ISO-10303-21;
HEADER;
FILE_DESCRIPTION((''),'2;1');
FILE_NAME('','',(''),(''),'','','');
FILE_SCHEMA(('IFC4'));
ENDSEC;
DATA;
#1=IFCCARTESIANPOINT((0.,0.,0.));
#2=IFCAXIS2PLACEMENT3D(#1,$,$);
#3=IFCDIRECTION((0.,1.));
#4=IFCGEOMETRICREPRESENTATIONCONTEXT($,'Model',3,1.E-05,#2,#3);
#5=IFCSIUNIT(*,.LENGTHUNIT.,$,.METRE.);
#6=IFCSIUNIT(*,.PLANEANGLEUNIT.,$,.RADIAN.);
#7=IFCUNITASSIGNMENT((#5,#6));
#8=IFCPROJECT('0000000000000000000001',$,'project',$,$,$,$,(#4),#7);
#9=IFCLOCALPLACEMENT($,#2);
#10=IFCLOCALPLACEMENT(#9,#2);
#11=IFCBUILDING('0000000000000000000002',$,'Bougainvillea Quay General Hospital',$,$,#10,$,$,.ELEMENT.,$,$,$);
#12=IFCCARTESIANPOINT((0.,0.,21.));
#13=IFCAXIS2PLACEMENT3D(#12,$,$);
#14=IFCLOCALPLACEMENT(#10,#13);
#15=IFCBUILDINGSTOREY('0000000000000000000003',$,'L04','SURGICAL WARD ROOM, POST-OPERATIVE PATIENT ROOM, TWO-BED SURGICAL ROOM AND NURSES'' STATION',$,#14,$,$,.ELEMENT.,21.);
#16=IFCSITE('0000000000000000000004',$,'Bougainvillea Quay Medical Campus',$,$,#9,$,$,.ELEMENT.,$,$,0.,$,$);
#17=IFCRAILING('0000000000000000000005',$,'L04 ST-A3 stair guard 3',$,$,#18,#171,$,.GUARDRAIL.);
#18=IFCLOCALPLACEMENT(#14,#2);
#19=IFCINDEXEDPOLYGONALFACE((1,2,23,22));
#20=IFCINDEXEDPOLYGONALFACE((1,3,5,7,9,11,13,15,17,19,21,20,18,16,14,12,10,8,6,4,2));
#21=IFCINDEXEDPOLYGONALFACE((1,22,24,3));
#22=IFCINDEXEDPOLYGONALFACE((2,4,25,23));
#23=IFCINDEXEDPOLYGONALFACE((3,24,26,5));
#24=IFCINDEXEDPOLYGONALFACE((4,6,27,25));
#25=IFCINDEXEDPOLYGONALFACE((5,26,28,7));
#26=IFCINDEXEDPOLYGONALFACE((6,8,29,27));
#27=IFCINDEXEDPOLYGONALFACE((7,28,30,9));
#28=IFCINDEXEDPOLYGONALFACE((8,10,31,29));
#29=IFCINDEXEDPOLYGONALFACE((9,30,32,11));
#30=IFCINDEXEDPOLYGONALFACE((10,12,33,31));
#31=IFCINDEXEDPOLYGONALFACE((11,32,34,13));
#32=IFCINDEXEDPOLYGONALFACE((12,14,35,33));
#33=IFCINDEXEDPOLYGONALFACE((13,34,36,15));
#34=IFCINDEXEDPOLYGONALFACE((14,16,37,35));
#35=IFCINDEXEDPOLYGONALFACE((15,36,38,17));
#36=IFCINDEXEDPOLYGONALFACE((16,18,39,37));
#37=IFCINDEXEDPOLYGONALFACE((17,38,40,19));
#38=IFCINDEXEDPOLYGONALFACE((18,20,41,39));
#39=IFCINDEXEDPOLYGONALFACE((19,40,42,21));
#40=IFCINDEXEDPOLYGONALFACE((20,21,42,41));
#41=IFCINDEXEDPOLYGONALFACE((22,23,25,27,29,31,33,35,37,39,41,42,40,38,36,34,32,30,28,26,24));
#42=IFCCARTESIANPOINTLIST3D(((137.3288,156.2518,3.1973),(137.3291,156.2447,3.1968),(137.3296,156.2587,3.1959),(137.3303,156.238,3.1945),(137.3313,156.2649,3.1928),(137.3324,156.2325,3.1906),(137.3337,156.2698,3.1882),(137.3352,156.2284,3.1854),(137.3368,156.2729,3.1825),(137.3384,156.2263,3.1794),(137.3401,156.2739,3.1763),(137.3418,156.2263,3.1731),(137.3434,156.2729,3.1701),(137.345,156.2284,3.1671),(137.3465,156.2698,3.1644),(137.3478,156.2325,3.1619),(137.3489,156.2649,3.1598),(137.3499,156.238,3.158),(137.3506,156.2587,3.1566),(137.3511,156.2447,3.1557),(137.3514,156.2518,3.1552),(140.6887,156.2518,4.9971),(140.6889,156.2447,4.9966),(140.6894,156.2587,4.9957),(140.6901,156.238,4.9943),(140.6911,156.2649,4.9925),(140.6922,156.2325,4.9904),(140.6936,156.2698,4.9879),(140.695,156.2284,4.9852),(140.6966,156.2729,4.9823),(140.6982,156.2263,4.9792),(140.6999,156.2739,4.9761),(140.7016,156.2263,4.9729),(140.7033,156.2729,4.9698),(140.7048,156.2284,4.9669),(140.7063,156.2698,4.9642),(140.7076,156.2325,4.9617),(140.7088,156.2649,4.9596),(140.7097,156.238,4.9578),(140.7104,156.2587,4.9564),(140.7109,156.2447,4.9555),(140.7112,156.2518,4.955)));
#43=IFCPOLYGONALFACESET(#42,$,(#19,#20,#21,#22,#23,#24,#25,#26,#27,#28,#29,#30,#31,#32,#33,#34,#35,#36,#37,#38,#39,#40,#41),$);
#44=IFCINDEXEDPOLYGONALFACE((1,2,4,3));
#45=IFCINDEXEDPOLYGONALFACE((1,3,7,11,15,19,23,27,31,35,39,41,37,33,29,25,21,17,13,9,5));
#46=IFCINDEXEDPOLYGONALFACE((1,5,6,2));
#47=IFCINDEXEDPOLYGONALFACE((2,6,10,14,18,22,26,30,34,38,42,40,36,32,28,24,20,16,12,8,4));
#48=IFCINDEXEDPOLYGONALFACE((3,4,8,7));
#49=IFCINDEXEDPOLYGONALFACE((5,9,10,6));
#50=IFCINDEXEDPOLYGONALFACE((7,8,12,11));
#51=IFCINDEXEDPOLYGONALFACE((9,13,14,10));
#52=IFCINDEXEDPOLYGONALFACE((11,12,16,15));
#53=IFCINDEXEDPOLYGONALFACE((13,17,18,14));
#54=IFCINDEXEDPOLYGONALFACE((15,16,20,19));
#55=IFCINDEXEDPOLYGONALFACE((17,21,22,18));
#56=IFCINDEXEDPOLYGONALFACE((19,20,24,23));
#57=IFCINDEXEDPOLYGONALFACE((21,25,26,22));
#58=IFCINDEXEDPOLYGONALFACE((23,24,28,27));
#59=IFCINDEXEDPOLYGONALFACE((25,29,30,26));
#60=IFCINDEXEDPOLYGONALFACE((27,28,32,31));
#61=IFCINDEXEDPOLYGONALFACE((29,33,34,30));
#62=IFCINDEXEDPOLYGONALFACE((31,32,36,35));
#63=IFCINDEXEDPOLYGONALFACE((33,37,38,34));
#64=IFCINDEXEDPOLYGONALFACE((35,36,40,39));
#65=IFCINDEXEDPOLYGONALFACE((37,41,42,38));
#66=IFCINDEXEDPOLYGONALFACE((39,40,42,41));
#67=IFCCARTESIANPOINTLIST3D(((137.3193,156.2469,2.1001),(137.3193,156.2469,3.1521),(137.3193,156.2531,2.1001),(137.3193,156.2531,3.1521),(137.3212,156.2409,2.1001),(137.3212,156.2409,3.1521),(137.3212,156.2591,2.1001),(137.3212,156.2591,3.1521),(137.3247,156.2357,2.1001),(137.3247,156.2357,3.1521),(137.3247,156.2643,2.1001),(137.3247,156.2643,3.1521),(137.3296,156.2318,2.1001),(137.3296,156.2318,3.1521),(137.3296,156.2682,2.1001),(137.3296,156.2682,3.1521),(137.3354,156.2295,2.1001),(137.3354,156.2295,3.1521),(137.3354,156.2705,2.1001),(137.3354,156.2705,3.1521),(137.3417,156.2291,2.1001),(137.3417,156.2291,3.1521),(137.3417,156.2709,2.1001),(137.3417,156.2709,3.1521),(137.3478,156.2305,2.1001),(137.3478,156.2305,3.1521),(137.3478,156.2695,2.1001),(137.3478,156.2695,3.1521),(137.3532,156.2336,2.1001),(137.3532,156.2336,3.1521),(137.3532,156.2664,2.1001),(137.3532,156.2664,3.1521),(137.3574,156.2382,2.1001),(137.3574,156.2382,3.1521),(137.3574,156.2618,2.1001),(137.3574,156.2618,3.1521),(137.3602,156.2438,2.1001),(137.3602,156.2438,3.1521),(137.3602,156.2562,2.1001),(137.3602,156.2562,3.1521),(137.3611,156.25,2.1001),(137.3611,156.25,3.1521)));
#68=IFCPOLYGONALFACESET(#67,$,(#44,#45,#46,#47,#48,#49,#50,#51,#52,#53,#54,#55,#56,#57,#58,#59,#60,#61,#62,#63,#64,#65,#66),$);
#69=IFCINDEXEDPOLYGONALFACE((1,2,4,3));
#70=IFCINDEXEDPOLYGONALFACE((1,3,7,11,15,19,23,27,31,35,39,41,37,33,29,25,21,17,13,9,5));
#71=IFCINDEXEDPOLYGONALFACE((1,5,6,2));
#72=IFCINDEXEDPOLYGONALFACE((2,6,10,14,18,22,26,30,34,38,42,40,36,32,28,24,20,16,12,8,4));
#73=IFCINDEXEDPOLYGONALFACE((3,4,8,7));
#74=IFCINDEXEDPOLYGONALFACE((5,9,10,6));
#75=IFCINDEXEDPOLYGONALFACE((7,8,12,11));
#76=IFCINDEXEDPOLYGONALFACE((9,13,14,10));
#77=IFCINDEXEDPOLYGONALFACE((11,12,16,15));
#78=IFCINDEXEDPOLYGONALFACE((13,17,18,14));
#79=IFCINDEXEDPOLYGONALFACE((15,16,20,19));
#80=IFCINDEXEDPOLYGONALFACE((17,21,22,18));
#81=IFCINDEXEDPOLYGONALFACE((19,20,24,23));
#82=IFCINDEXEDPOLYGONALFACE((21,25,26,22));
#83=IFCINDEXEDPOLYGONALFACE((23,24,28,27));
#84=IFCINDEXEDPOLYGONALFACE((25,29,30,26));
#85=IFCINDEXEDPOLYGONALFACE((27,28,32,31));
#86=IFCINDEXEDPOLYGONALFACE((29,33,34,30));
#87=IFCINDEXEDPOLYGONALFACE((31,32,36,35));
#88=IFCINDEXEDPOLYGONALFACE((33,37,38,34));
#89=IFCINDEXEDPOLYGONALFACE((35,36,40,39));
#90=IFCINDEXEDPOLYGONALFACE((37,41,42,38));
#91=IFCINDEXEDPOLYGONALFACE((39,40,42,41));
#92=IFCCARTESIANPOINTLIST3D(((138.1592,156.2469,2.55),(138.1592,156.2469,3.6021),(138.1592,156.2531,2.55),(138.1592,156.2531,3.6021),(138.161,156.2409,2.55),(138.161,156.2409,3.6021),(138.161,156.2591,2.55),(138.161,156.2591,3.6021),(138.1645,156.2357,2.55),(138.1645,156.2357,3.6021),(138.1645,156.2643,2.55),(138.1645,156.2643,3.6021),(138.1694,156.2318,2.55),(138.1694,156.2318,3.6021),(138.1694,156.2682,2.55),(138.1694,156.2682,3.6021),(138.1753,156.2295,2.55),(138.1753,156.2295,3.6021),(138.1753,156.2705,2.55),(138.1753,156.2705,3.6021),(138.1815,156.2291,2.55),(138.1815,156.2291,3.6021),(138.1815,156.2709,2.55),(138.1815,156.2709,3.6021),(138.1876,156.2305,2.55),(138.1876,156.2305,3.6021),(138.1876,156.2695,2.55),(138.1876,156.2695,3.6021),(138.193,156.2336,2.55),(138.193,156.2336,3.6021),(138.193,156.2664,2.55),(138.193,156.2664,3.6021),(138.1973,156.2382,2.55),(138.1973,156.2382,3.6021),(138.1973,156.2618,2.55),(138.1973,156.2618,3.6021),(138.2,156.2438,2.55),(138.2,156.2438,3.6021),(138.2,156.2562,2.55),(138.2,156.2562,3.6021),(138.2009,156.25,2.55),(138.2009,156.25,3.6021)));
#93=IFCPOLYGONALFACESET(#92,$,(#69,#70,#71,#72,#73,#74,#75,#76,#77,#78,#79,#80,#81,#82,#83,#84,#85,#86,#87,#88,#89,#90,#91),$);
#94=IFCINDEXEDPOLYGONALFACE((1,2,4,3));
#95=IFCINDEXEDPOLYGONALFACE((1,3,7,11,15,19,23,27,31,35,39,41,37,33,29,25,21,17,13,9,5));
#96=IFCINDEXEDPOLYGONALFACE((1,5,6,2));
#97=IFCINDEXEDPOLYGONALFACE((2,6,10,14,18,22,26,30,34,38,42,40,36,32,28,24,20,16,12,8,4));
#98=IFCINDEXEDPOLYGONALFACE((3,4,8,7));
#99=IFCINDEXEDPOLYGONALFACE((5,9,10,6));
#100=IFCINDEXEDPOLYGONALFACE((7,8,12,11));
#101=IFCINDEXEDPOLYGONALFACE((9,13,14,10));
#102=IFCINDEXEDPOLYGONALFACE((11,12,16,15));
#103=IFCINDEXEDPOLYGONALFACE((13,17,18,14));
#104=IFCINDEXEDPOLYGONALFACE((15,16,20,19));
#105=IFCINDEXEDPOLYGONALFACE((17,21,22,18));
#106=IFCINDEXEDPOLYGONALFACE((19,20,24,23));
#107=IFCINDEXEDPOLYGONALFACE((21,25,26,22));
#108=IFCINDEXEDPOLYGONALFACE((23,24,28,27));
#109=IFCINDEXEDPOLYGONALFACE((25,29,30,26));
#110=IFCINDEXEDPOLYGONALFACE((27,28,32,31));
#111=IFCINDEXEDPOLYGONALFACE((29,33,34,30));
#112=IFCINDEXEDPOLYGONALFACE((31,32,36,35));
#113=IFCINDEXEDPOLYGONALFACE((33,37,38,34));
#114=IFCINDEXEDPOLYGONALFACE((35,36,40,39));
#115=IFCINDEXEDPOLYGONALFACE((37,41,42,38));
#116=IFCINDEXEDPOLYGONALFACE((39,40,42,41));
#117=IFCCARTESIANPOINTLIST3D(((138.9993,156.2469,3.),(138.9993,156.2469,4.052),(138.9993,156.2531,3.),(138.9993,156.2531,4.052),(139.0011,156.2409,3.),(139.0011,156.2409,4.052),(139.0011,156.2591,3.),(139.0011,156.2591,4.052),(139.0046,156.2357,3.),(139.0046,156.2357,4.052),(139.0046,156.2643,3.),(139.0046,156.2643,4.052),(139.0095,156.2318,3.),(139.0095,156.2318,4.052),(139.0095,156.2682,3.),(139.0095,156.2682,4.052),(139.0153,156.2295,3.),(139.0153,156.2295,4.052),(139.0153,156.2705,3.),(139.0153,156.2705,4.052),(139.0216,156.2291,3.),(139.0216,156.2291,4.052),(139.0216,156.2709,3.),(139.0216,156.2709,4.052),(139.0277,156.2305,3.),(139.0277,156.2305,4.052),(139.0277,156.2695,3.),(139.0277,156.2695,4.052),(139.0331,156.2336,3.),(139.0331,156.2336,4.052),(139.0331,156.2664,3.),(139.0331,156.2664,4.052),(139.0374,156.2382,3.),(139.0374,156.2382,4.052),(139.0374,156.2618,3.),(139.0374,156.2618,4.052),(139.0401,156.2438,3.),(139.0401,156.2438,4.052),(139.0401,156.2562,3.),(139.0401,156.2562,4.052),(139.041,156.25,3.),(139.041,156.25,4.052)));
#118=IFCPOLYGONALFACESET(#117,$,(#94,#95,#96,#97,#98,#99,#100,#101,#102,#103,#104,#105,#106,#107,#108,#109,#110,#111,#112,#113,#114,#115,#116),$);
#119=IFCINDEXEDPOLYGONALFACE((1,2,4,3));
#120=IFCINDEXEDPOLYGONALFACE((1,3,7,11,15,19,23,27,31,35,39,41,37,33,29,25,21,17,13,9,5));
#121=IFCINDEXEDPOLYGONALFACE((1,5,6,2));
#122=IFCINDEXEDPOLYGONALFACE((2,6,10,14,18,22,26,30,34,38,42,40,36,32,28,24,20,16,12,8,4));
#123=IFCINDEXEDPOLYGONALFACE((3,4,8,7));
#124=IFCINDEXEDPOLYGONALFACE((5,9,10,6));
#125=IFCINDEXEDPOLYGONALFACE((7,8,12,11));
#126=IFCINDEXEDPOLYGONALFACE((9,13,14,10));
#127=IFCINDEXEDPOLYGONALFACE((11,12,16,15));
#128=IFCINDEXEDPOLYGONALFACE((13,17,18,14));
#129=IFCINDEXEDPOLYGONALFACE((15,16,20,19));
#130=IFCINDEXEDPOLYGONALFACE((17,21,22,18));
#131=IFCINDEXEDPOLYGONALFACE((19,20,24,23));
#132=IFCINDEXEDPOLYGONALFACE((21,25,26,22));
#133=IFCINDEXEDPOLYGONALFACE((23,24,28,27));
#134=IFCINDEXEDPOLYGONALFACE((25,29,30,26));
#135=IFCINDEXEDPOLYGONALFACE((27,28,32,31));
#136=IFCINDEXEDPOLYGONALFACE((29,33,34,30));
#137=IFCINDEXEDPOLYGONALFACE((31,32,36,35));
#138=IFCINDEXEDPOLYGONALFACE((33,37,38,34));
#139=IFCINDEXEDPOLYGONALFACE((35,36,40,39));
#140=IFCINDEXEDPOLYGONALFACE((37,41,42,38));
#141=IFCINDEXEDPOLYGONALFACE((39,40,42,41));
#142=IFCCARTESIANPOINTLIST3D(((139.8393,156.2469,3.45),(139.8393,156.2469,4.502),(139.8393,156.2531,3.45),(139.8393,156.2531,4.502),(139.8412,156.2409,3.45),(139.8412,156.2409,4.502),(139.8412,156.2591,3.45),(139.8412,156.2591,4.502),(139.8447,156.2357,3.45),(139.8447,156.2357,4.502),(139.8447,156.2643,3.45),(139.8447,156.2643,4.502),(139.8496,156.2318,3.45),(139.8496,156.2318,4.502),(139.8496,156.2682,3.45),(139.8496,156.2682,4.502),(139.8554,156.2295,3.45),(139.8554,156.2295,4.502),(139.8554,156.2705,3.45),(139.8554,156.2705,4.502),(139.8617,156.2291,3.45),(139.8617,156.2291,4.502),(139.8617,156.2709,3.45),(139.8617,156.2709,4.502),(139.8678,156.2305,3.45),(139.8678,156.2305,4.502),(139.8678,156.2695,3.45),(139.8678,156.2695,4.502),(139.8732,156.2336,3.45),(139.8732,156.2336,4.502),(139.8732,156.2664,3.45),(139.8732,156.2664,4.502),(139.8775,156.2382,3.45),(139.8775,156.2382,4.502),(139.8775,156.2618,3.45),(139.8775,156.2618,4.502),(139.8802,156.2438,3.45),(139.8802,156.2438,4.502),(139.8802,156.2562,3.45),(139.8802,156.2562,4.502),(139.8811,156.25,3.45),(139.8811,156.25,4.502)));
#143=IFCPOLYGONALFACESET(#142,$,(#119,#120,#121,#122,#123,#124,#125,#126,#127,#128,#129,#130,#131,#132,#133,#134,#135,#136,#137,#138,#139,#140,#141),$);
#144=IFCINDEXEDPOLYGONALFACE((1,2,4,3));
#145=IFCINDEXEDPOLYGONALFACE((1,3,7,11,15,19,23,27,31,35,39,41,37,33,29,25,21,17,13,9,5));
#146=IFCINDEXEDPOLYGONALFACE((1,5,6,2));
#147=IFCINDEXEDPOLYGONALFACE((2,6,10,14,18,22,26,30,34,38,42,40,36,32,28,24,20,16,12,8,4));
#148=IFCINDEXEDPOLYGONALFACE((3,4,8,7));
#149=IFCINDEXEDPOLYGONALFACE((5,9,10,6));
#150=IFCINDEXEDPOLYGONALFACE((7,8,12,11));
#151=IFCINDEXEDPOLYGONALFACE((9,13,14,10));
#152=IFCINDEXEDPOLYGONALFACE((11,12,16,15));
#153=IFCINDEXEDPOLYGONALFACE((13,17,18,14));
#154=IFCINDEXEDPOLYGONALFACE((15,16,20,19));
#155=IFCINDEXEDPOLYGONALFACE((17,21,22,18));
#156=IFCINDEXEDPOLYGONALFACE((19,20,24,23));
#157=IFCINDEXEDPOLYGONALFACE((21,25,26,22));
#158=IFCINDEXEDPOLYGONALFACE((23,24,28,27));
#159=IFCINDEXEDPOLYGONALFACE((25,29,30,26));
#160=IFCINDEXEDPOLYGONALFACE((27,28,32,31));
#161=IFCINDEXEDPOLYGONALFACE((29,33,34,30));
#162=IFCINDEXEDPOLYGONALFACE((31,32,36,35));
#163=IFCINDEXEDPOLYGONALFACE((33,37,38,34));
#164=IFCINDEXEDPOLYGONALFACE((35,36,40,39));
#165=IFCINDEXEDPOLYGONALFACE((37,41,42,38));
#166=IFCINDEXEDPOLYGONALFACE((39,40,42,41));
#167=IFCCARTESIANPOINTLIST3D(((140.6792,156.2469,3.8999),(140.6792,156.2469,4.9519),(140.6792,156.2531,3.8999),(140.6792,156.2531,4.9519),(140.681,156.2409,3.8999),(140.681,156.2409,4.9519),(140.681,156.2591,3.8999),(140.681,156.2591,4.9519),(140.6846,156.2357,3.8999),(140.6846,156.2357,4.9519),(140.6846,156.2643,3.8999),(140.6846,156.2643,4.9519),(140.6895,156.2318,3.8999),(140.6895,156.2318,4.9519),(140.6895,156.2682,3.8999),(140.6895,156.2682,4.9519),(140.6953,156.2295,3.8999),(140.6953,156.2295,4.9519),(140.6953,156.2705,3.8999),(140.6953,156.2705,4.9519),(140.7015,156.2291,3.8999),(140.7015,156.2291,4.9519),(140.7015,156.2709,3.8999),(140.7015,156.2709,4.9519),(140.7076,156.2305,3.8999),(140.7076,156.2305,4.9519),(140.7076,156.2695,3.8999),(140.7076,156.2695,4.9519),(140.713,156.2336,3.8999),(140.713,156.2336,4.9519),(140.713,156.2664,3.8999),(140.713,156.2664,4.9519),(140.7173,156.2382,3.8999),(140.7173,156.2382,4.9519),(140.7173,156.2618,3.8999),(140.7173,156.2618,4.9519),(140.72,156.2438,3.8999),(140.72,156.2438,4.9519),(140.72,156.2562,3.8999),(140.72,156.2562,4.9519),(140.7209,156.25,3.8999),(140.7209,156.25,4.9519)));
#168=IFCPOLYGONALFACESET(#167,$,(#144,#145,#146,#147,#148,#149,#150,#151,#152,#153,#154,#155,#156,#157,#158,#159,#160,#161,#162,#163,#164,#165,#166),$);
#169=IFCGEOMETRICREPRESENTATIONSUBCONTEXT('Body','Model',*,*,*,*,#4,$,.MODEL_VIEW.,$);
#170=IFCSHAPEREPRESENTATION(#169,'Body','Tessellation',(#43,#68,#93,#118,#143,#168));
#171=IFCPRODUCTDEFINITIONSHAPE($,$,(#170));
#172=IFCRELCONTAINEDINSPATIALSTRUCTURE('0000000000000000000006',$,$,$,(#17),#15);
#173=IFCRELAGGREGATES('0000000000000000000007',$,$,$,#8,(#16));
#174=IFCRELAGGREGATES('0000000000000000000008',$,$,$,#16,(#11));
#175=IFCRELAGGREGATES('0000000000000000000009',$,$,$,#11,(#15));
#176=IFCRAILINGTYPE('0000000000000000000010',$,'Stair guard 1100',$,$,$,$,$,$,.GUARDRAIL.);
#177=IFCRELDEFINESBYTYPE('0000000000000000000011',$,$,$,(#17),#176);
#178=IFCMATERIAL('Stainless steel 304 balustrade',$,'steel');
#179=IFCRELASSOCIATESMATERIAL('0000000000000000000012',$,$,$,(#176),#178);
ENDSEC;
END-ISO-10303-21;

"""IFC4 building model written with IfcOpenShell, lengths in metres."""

from ifc_helpers import new_model, si_unit, direction, frame, origin, origin_2d, place, context, subcontext, project, spatial, circle, extrude, material, type_object, element, save


model = new_model("IFC4")

# Units and contexts
model_context = context("Model", 3, precision=1e-05, world=origin(), true_north=direction((0.0, 1.0)))
body_context = subcontext(model_context, "Body", "Model", "MODEL_VIEW")
ifc_project = project(units=[si_unit("LENGTHUNIT", "METRE"), si_unit("PLANEANGLEUNIT", "RADIAN")], contexts=[model_context])

# Site, building, storey
site_placement = place(None, origin())
site = spatial("IfcSite", under=ifc_project, at=site_placement, Name="Bougainvillea Quay Medical Campus", CompositionType="ELEMENT", RefElevation=0.0)
building_placement = place(site_placement, origin())
building = spatial("IfcBuilding", under=site, at=building_placement, Name="Bougainvillea Quay General Hospital", CompositionType="ELEMENT")
storey_placement = place(building_placement, frame((0.0, 0.0, 21.0)))
storey = spatial("IfcBuildingStorey", under=building, at=storey_placement, Name="L04", Description="SURGICAL WARD ROOM, POST-OPERATIVE PATIENT ROOM, TWO-BED SURGICAL ROOM AND NURSES' STATION", CompositionType="ELEMENT", Elevation=21.0)

# Railing
ifc_material_1 = material(Name="Stainless steel 304 balustrade", Category="steel")
railing_type_1 = type_object("IfcRailingType", Name="Stair guard 1100", PredefinedType="GUARDRAIL", material=ifc_material_1)
railing_1_placement = place(storey_placement, frame((137.3401, 156.25, 2.1001)))
element("IfcRailing", 1, at=railing_1_placement, inside=storey, type_object=railing_type_1, Name="L04 ST-A3 stair guard 3", PredefinedType="GUARDRAIL", context=body_context, shape_type="SweptSolid", body=[
    extrude(circle(Radius=0.0239, at=origin_2d()), frame((0.0, 0.0, 1.0762), z_axis=(0.881493, 0.0, 0.472197), x_axis=(0.0, 1.0, 0.0)), (0.0, 0.0, 1.0), 3.8115),
    extrude(circle(Radius=0.021, at=origin_2d()), origin(), (0.0, 0.0, 1.0), 1.052),
    extrude(circle(Radius=0.021, at=origin_2d()), frame((0.8398, 0.0, 0.45)), (0.0, 0.0, 1.0), 1.052),
    extrude(circle(Radius=0.021, at=origin_2d()), frame((1.6799, 0.0, 0.8999)), (0.0, 0.0, 1.0), 1.052),
    extrude(circle(Radius=0.021, at=origin_2d()), frame((2.52, 0.0, 1.3499)), (0.0, 0.0, 1.0), 1.052),
    extrude(circle(Radius=0.021, at=origin_2d()), frame((3.3599, 0.0, 1.7998)), (0.0, 0.0, 1.0), 1.052),
])

save(model, "model.ifc")
